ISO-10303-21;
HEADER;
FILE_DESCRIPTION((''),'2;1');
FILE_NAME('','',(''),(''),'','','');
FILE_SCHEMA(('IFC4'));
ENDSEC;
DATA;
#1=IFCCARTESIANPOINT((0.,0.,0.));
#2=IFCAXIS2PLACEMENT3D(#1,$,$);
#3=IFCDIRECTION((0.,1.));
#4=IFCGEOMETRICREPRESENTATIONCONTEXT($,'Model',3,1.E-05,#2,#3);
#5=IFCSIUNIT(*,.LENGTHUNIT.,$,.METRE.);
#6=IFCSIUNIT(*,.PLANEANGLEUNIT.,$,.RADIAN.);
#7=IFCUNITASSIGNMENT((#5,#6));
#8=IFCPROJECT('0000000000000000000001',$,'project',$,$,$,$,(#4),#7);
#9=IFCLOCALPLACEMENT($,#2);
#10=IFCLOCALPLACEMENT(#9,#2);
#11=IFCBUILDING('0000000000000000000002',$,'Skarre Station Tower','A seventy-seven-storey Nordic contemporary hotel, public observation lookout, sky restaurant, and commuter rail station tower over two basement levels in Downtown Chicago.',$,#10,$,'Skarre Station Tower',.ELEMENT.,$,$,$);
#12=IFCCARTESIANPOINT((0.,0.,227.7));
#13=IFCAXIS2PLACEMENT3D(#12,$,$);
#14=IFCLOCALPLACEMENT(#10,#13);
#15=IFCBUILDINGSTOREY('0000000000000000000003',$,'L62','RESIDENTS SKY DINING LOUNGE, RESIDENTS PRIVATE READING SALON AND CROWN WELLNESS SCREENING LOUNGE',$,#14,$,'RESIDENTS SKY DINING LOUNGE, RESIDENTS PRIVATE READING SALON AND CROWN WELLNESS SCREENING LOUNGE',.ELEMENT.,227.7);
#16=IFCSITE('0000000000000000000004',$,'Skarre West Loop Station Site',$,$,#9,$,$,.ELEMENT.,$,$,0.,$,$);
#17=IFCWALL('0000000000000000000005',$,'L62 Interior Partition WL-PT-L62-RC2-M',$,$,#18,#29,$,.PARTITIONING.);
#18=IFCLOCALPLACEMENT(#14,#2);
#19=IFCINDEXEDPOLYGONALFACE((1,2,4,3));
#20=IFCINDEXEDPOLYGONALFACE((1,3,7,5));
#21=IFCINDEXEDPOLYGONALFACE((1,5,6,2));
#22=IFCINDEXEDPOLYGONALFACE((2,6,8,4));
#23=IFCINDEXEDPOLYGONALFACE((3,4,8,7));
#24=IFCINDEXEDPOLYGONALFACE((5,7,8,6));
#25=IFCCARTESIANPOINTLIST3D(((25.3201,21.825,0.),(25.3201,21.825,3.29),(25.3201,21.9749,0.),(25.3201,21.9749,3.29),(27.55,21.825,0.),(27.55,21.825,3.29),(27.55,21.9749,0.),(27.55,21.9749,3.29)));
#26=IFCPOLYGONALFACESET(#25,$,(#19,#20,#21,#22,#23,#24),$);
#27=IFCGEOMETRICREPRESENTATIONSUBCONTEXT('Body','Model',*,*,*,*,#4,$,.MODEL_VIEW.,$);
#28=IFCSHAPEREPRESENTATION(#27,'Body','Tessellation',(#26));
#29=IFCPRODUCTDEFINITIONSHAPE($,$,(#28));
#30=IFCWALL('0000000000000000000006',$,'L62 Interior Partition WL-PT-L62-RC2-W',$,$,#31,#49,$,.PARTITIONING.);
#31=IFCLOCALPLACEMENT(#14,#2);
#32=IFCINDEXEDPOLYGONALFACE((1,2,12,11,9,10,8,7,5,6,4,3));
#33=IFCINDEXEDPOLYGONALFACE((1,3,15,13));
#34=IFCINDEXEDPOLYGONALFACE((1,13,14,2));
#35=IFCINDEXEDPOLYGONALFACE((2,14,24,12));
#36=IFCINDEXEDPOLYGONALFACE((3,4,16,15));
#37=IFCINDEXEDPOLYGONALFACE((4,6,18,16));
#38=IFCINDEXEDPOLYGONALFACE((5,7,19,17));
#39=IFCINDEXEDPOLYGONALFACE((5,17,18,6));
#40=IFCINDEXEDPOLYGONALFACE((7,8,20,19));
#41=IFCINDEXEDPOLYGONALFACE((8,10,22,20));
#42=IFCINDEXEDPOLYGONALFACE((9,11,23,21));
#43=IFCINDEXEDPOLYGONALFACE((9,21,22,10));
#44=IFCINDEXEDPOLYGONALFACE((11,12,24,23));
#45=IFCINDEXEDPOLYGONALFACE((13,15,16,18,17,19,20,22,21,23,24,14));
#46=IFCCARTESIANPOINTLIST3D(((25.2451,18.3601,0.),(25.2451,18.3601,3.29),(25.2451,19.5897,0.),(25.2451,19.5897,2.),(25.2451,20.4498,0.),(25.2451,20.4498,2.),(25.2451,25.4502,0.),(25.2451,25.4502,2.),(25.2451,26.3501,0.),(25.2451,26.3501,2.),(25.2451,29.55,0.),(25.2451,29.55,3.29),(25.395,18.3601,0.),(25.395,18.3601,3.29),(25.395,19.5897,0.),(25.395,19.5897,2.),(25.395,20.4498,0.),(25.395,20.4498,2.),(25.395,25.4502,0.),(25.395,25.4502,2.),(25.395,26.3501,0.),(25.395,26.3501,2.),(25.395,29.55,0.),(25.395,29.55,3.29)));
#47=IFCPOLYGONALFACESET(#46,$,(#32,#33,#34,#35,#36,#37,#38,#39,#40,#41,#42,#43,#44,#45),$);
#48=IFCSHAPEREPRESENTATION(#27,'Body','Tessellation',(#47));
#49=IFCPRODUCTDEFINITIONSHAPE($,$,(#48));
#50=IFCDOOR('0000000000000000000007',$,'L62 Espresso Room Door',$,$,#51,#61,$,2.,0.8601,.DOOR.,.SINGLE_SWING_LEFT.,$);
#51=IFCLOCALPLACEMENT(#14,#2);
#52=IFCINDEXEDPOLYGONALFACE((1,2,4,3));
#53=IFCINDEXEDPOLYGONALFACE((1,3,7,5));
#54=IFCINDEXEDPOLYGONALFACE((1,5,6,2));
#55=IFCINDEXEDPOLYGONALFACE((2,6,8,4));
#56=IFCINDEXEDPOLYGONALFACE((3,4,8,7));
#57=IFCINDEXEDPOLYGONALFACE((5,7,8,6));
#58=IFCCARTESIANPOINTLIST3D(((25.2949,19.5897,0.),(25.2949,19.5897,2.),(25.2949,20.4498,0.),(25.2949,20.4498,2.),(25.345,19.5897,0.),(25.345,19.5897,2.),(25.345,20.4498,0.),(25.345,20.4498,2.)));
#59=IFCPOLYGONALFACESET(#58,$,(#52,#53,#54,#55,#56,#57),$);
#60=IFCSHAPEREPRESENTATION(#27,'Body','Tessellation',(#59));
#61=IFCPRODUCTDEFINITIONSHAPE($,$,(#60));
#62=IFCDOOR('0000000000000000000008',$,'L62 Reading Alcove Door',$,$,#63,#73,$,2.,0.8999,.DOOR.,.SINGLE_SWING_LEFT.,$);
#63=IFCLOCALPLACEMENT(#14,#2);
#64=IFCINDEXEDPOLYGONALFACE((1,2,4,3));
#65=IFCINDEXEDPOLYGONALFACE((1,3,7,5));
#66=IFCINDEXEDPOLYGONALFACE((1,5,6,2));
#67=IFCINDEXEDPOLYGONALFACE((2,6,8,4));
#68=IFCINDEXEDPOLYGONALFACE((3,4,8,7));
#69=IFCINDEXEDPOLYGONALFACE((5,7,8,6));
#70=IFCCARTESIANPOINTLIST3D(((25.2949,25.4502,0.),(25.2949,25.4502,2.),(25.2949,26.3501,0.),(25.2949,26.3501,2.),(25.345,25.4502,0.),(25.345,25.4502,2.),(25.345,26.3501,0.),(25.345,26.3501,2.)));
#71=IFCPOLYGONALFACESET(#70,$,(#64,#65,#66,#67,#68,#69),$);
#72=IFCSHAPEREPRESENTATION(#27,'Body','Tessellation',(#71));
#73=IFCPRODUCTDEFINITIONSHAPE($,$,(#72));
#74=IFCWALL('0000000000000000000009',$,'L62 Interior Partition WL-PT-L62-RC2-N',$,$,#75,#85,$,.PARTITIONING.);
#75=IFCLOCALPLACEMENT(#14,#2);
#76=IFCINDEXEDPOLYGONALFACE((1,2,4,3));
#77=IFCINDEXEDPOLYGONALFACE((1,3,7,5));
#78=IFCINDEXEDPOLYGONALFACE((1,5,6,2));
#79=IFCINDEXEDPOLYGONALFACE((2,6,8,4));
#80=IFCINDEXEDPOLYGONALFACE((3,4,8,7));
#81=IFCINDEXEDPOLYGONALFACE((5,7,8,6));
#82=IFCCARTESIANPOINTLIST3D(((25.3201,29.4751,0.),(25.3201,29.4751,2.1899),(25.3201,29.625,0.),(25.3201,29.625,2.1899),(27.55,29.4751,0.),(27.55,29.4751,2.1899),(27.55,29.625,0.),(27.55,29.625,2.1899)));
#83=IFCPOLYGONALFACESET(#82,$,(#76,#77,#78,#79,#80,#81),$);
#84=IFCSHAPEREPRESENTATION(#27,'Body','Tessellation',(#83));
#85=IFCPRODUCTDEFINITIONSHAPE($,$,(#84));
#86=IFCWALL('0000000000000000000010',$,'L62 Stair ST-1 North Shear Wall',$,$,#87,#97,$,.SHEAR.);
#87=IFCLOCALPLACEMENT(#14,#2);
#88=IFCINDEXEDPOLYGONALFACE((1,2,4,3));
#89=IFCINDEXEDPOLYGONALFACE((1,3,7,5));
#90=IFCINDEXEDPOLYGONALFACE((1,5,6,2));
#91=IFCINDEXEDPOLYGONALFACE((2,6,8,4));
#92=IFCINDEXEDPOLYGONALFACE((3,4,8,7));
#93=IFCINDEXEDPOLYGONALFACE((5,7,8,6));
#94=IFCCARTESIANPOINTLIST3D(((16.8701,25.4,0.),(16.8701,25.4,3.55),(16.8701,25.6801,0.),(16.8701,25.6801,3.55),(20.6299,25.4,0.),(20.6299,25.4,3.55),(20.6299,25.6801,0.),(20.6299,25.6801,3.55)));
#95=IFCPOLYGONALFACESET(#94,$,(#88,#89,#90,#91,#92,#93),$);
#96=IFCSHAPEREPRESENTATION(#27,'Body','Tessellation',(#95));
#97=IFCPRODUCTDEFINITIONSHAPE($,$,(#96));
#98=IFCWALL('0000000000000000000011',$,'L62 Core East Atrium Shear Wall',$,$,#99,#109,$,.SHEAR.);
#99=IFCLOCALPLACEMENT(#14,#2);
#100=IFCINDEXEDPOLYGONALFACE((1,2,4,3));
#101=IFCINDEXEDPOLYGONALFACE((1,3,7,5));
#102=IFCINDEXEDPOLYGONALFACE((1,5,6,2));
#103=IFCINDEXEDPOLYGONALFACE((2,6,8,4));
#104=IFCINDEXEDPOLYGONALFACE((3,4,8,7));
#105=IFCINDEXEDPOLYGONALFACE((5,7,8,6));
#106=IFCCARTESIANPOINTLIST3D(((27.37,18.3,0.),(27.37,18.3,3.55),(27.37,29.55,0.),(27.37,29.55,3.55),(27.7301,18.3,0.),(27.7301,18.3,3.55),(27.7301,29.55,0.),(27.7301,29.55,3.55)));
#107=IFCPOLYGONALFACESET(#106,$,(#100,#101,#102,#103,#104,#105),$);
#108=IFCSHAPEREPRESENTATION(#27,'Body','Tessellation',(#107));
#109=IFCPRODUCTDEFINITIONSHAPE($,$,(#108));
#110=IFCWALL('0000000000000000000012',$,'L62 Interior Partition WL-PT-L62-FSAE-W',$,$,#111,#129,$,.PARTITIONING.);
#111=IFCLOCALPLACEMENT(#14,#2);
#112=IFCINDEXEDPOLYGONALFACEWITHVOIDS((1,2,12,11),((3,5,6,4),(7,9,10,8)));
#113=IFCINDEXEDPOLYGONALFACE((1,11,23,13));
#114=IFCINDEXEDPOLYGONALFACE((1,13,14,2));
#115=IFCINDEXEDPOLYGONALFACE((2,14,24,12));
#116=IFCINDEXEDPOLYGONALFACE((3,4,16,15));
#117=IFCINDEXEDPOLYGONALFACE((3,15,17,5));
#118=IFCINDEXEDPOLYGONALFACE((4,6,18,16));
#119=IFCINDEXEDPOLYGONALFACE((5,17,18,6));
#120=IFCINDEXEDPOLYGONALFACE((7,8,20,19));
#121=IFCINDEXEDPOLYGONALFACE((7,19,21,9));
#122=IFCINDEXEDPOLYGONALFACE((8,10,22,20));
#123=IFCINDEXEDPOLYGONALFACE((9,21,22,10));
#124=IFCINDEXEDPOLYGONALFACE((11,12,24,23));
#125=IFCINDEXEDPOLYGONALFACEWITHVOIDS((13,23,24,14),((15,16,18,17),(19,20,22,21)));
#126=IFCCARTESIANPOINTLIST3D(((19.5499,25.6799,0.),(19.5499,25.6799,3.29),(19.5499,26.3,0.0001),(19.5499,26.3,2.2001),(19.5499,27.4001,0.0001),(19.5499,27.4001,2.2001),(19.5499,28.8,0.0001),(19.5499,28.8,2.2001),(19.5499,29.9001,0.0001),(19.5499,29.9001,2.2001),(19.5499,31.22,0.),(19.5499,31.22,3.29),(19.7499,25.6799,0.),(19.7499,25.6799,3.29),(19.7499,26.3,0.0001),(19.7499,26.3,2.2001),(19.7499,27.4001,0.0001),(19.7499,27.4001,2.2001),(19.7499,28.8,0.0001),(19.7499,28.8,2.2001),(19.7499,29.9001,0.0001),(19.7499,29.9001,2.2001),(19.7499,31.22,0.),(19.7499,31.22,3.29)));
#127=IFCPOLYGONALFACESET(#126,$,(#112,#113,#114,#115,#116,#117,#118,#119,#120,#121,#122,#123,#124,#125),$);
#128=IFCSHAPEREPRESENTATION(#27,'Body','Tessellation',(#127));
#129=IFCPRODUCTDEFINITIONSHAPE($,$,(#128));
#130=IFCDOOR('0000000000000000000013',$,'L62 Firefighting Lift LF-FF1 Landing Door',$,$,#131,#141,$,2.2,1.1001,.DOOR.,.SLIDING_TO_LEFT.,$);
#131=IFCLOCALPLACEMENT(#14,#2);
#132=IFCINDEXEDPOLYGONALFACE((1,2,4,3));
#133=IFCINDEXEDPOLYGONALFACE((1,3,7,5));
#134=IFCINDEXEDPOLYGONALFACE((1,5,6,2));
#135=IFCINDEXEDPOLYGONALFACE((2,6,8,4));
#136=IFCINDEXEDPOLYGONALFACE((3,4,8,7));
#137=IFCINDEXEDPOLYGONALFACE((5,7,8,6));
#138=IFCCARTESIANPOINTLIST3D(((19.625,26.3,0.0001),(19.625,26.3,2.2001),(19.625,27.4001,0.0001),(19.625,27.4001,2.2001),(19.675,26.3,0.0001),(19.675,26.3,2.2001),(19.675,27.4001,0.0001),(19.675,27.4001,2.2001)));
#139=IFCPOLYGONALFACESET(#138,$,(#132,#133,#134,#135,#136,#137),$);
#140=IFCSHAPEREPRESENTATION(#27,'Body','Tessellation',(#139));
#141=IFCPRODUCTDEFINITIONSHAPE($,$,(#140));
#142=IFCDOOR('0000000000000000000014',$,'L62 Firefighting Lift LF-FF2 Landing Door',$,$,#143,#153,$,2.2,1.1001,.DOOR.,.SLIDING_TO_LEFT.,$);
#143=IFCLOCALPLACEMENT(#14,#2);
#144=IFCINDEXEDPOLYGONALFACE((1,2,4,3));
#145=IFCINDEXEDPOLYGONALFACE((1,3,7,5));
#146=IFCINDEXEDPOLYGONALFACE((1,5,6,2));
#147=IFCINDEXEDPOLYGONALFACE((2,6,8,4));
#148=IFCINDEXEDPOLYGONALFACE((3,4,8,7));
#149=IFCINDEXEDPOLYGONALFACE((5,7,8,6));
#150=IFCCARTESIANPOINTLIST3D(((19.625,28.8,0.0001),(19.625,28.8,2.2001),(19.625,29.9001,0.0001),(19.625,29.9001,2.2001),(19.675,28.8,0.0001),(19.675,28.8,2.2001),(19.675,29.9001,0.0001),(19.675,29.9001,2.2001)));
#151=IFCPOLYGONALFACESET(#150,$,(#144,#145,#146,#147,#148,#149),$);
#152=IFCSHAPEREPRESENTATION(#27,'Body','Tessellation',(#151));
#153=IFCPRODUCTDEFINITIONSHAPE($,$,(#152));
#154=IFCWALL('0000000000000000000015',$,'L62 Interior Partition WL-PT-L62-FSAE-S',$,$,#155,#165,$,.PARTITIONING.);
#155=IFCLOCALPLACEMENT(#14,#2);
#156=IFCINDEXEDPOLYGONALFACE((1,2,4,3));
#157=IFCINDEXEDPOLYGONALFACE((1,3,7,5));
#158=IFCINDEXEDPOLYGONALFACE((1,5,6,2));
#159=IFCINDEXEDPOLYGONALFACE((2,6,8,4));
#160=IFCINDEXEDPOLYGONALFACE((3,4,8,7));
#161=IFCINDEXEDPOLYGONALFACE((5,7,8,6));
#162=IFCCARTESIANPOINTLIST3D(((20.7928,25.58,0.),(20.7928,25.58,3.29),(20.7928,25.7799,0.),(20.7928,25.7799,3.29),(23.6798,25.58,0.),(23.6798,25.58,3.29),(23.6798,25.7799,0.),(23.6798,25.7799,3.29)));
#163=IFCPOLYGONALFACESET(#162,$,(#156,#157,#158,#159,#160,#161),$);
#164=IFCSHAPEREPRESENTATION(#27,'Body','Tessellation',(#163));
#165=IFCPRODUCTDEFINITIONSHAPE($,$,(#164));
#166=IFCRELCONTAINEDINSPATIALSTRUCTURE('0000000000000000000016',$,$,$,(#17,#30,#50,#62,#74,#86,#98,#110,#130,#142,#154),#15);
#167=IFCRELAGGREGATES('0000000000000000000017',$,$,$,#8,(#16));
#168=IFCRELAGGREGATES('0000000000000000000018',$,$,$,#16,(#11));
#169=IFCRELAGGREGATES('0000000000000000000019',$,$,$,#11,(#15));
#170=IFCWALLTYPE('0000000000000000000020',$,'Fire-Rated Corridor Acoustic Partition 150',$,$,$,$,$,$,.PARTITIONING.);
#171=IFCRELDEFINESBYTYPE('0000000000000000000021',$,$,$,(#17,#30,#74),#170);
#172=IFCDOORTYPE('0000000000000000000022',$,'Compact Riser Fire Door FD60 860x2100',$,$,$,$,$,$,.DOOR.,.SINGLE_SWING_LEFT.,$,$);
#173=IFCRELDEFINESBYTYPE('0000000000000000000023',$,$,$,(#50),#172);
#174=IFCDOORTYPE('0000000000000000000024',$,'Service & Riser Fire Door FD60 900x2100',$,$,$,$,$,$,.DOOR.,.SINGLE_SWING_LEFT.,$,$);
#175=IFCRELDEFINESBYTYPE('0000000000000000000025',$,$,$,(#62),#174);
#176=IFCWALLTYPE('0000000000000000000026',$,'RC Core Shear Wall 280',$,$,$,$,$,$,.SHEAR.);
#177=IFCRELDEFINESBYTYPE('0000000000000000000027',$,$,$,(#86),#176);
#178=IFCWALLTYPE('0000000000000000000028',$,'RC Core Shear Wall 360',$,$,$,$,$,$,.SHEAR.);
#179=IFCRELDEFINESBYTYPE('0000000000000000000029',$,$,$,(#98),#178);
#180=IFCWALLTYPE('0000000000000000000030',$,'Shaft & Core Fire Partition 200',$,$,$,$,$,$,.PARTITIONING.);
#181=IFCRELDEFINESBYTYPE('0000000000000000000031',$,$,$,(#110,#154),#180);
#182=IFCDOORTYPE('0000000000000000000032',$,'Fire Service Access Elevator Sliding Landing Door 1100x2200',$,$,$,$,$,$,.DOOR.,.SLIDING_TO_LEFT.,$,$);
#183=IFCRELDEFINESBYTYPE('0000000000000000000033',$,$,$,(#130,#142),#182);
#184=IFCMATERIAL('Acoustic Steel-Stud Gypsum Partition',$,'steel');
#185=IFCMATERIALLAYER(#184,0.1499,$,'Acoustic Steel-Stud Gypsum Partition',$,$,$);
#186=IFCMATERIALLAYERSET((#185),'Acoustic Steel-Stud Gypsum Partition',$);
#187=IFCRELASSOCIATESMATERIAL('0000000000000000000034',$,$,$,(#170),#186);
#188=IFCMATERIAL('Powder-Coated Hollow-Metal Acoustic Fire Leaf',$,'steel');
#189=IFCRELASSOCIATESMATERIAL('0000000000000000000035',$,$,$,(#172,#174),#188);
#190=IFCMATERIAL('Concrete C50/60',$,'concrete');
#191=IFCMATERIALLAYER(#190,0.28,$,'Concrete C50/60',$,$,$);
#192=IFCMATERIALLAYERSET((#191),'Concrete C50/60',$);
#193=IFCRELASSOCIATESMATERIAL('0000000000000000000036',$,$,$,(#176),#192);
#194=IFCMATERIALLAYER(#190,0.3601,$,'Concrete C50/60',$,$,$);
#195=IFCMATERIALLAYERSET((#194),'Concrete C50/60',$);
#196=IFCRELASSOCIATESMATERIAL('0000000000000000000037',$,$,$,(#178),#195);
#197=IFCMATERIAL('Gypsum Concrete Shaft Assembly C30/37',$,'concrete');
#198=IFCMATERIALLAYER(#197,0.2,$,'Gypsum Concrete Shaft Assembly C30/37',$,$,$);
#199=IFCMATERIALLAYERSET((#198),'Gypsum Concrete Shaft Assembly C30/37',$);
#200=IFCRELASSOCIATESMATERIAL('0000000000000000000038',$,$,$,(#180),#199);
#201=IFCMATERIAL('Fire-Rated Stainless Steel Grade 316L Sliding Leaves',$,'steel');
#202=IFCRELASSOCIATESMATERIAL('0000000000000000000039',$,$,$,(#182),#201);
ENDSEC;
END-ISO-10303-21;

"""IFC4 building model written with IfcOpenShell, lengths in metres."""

from ifc_helpers import new_model, si_unit, direction, frame, frame_2d, origin, place, context, subcontext, project, spatial, rectangle, extrude, material, layer, layer_set, type_object, element, fill, save


model = new_model("IFC4")

# Units and contexts
model_context = context("Model", 3, precision=1e-05, world=origin(), true_north=direction((0.0, 1.0)))
body_context = subcontext(model_context, "Body", "Model", "MODEL_VIEW")
ifc_project = project(units=[si_unit("LENGTHUNIT", "METRE"), si_unit("PLANEANGLEUNIT", "RADIAN")], contexts=[model_context])

# Site, building, storey
site_placement = place(None, origin())
site = spatial("IfcSite", under=ifc_project, at=site_placement, Name="Skarre West Loop Station Site", CompositionType="ELEMENT", RefElevation=0.0)
building_placement = place(site_placement, origin())
building = spatial("IfcBuilding", under=site, at=building_placement, Name="Skarre Station Tower", Description="A seventy-seven-storey Nordic contemporary hotel, public observation lookout, sky restaurant, and commuter rail station tower over two basement levels in Downtown Chicago.", LongName="Skarre Station Tower", CompositionType="ELEMENT")
storey_placement = place(building_placement, frame((0.0, 0.0, 227.7)))
storey = spatial("IfcBuildingStorey", under=building, at=storey_placement, Name="L62", Description="RESIDENTS SKY DINING LOUNGE, RESIDENTS PRIVATE READING SALON AND CROWN WELLNESS SCREENING LOUNGE", LongName="RESIDENTS SKY DINING LOUNGE, RESIDENTS PRIVATE READING SALON AND CROWN WELLNESS SCREENING LOUNGE", CompositionType="ELEMENT", Elevation=227.7)

# Wall
ifc_material_1 = material(Name="Acoustic Steel-Stud Gypsum Partition", Category="steel")
ifc_layer_1 = layer(ifc_material_1, 0.1499, Name="Acoustic Steel-Stud Gypsum Partition")
ifc_layer_set_1 = layer_set([ifc_layer_1], Name="Acoustic Steel-Stud Gypsum Partition")
wall_type_1 = type_object("IfcWallType", Name="Fire-Rated Corridor Acoustic Partition 150", PredefinedType="PARTITIONING", material=ifc_layer_set_1)
wall_1_placement = place(storey_placement, frame((25.3201, 21.8999, 0.0), z_axis=(0.0, 0.0, 1.0), x_axis=(1.0, 0.0, 0.0)))
element("IfcWall", 1, at=wall_1_placement, inside=storey, type_object=wall_type_1, Name="L62 Interior Partition WL-PT-L62-RC2-M", PredefinedType="PARTITIONING", context=body_context, shape_type="SweptSolid", body=[
    extrude(rectangle(XDim=2.23, YDim=0.1499, at=frame_2d((1.115, 0.0))), origin(), (0.0, 0.0, 1.0), 3.29),
])

# Wall, openings, doors
wall_2_placement = place(storey_placement, frame((25.3201, 29.55, 0.0), z_axis=(0.0, 0.0, 1.0), x_axis=(0.0, -1.0, 0.0)))
wall_2 = element("IfcWall", 2, at=wall_2_placement, inside=storey, type_object=wall_type_1, Name="L62 Interior Partition WL-PT-L62-RC2-W", PredefinedType="PARTITIONING", context=body_context, shape_type="SweptSolid", body=[
    extrude(rectangle(XDim=11.1899, YDim=0.1499, at=frame_2d((5.595, 0.0))), origin(), (0.0, 0.0, 1.0), 3.29),
])
opening_1_placement = place(wall_2_placement, frame((3.2, 0.0, 0.0)))
opening_1 = element("IfcOpeningElement", 3, at=opening_1_placement, cuts=wall_2, PredefinedType="OPENING", context=body_context, shape_type="SweptSolid", body=[
    extrude(rectangle(XDim=0.8999, YDim=2.0, at=frame_2d((0.45, 1.0))), frame((0.0, 0.085, 0.0), z_axis=(0.0, -1.0, 0.0), x_axis=(1.0, 0.0, 0.0)), (0.0, 0.0, 1.0), 0.1699),
])
opening_2_placement = place(wall_2_placement, frame((9.1001, 0.0, 0.0)))
opening_2 = element("IfcOpeningElement", 4, at=opening_2_placement, cuts=wall_2, PredefinedType="OPENING", context=body_context, shape_type="SweptSolid", body=[
    extrude(rectangle(XDim=0.8601, YDim=2.0, at=frame_2d((0.4302, 1.0))), frame((0.0, 0.085, 0.0), z_axis=(0.0, -1.0, 0.0), x_axis=(1.0, 0.0, 0.0)), (0.0, 0.0, 1.0), 0.1699),
])
ifc_material_2 = material(Name="Powder-Coated Hollow-Metal Acoustic Fire Leaf", Category="steel")
door_type_1 = type_object("IfcDoorType", Name="Compact Riser Fire Door FD60 860x2100", OperationType="SINGLE_SWING_LEFT", PredefinedType="DOOR", material=ifc_material_2)
door_1_placement = place(opening_2_placement, origin())
door_1 = element("IfcDoor", 5, at=door_1_placement, inside=storey, type_object=door_type_1, Name="L62 Espresso Room Door", OperationType="SINGLE_SWING_LEFT", OverallHeight=2.0, OverallWidth=0.8601, PredefinedType="DOOR", context=body_context, shape_type="SweptSolid", body=[
    extrude(rectangle(XDim=0.8601, YDim=2.0, at=frame_2d((0.4302, 1.0))), frame((0.0, 0.0249, 0.0), z_axis=(0.0, -1.0, 0.0), x_axis=(1.0, 0.0, 0.0)), (0.0, 0.0, 1.0), 0.05),
])
fill(opening_2, door_1)
door_type_2 = type_object("IfcDoorType", Name="Service & Riser Fire Door FD60 900x2100", OperationType="SINGLE_SWING_LEFT", PredefinedType="DOOR", material=ifc_material_2)
door_2_placement = place(opening_1_placement, origin())
door_2 = element("IfcDoor", 6, at=door_2_placement, inside=storey, type_object=door_type_2, Name="L62 Reading Alcove Door", OperationType="SINGLE_SWING_LEFT", OverallHeight=2.0, OverallWidth=0.8999, PredefinedType="DOOR", context=body_context, shape_type="SweptSolid", body=[
    extrude(rectangle(XDim=0.8999, YDim=2.0, at=frame_2d((0.45, 1.0))), frame((0.0, 0.0249, 0.0), z_axis=(0.0, -1.0, 0.0), x_axis=(1.0, 0.0, 0.0)), (0.0, 0.0, 1.0), 0.05),
])
fill(opening_1, door_2)

# Walls
wall_3_placement = place(storey_placement, frame((27.55, 29.55, 0.0), z_axis=(0.0, 0.0, 1.0), x_axis=(-1.0, 0.0, 0.0)))
element("IfcWall", 7, at=wall_3_placement, inside=storey, type_object=wall_type_1, Name="L62 Interior Partition WL-PT-L62-RC2-N", PredefinedType="PARTITIONING", context=body_context, shape_type="SweptSolid", body=[
    extrude(rectangle(XDim=2.23, YDim=0.1499, at=frame_2d((1.115, 0.0))), origin(), (0.0, 0.0, 1.0), 2.1899),
])
ifc_material_3 = material(Name="Concrete C50/60", Category="concrete")
ifc_layer_2 = layer(ifc_material_3, 0.28, Name="Concrete C50/60")
ifc_layer_set_2 = layer_set([ifc_layer_2], Name="Concrete C50/60")
wall_type_2 = type_object("IfcWallType", Name="RC Core Shear Wall 280", PredefinedType="SHEAR", material=ifc_layer_set_2)
wall_4_placement = place(storey_placement, frame((20.6299, 25.54, 0.0), z_axis=(0.0, 0.0, 1.0), x_axis=(-1.0, 0.0, 0.0)))
element("IfcWall", 8, at=wall_4_placement, inside=storey, type_object=wall_type_2, Name="L62 Stair ST-1 North Shear Wall", PredefinedType="SHEAR", context=body_context, shape_type="SweptSolid", body=[
    extrude(rectangle(XDim=3.7598, YDim=0.28, at=frame_2d((1.8799, 0.0))), origin(), (0.0, 0.0, 1.0), 3.55),
])
ifc_layer_3 = layer(ifc_material_3, 0.3601, Name="Concrete C50/60")
ifc_layer_set_3 = layer_set([ifc_layer_3], Name="Concrete C50/60")
wall_type_3 = type_object("IfcWallType", Name="RC Core Shear Wall 360", PredefinedType="SHEAR", material=ifc_layer_set_3)
wall_5_placement = place(storey_placement, frame((27.55, 29.55, 0.0), z_axis=(0.0, 0.0, 1.0), x_axis=(0.0, -1.0, 0.0)))
element("IfcWall", 9, at=wall_5_placement, inside=storey, type_object=wall_type_3, Name="L62 Core East Atrium Shear Wall", PredefinedType="SHEAR", context=body_context, shape_type="SweptSolid", body=[
    extrude(rectangle(XDim=11.25, YDim=0.3601, at=frame_2d((5.625, 0.0))), origin(), (0.0, 0.0, 1.0), 3.55),
])

# Wall, openings, doors
ifc_material_4 = material(Name="Gypsum Concrete Shaft Assembly C30/37", Category="concrete")
ifc_layer_4 = layer(ifc_material_4, 0.2, Name="Gypsum Concrete Shaft Assembly C30/37")
ifc_layer_set_4 = layer_set([ifc_layer_4], Name="Gypsum Concrete Shaft Assembly C30/37")
wall_type_4 = type_object("IfcWallType", Name="Shaft & Core Fire Partition 200", PredefinedType="PARTITIONING", material=ifc_layer_set_4)
wall_6_placement = place(storey_placement, frame((19.6499, 25.6799, 0.0), z_axis=(0.0, 0.0, 1.0), x_axis=(0.0, 1.0, 0.0)))
wall_6 = element("IfcWall", 10, at=wall_6_placement, inside=storey, type_object=wall_type_4, Name="L62 Interior Partition WL-PT-L62-FSAE-W", PredefinedType="PARTITIONING", context=body_context, shape_type="SweptSolid", body=[
    extrude(rectangle(XDim=5.54, YDim=0.2, at=frame_2d((2.77, 0.0))), origin(), (0.0, 0.0, 1.0), 3.29),
])
opening_3_placement = place(wall_6_placement, frame((0.6201, 0.0, 0.0)))
opening_3 = element("IfcOpeningElement", 11, at=opening_3_placement, cuts=wall_6, PredefinedType="OPENING", context=body_context, shape_type="SweptSolid", body=[
    extrude(rectangle(XDim=1.1001, YDim=2.2, at=frame_2d((0.55, 1.1001))), frame((0.0, 0.1099, 0.0), z_axis=(0.0, -1.0, 0.0), x_axis=(1.0, 0.0, 0.0)), (0.0, 0.0, 1.0), 0.22),
])
opening_4_placement = place(wall_6_placement, frame((3.1201, 0.0, 0.0)))
opening_4 = element("IfcOpeningElement", 12, at=opening_4_placement, cuts=wall_6, PredefinedType="OPENING", context=body_context, shape_type="SweptSolid", body=[
    extrude(rectangle(XDim=1.1001, YDim=2.2, at=frame_2d((0.55, 1.1001))), frame((0.0, 0.1099, 0.0), z_axis=(0.0, -1.0, 0.0), x_axis=(1.0, 0.0, 0.0)), (0.0, 0.0, 1.0), 0.22),
])
ifc_material_5 = material(Name="Fire-Rated Stainless Steel Grade 316L Sliding Leaves", Category="steel")
door_type_3 = type_object("IfcDoorType", Name="Fire Service Access Elevator Sliding Landing Door 1100x2200", OperationType="SLIDING_TO_LEFT", PredefinedType="DOOR", material=ifc_material_5)
door_3_placement = place(opening_3_placement, origin())
door_3 = element("IfcDoor", 13, at=door_3_placement, inside=storey, type_object=door_type_3, Name="L62 Firefighting Lift LF-FF1 Landing Door", OperationType="SLIDING_TO_LEFT", OverallHeight=2.2, OverallWidth=1.1001, PredefinedType="DOOR", context=body_context, shape_type="SweptSolid", body=[
    extrude(rectangle(XDim=1.1001, YDim=2.2, at=frame_2d((0.55, 1.1001))), frame((0.0, 0.0249, 0.0), z_axis=(0.0, -1.0, 0.0), x_axis=(1.0, 0.0, 0.0)), (0.0, 0.0, 1.0), 0.05),
])
fill(opening_3, door_3)
door_4_placement = place(opening_4_placement, origin())
door_4 = element("IfcDoor", 14, at=door_4_placement, inside=storey, type_object=door_type_3, Name="L62 Firefighting Lift LF-FF2 Landing Door", OperationType="SLIDING_TO_LEFT", OverallHeight=2.2, OverallWidth=1.1001, PredefinedType="DOOR", context=body_context, shape_type="SweptSolid", body=[
    extrude(rectangle(XDim=1.1001, YDim=2.2, at=frame_2d((0.55, 1.1001))), frame((0.0, 0.0249, 0.0), z_axis=(0.0, -1.0, 0.0), x_axis=(1.0, 0.0, 0.0)), (0.0, 0.0, 1.0), 0.05),
])
fill(opening_4, door_4)

# Wall
wall_7_placement = place(storey_placement, frame((20.793, 25.6799, 0.0), z_axis=(0.0, 0.0, 1.0), x_axis=(1.0, 0.0, 0.0)))
element("IfcWall", 15, at=wall_7_placement, inside=storey, type_object=wall_type_4, Name="L62 Interior Partition WL-PT-L62-FSAE-S", PredefinedType="PARTITIONING", context=body_context, shape_type="SweptSolid", body=[
    extrude(rectangle(XDim=2.887, YDim=0.2, at=frame_2d((1.4434, 0.0))), origin(), (0.0, 0.0, 1.0), 3.29),
])

save(model, "model.ifc")
